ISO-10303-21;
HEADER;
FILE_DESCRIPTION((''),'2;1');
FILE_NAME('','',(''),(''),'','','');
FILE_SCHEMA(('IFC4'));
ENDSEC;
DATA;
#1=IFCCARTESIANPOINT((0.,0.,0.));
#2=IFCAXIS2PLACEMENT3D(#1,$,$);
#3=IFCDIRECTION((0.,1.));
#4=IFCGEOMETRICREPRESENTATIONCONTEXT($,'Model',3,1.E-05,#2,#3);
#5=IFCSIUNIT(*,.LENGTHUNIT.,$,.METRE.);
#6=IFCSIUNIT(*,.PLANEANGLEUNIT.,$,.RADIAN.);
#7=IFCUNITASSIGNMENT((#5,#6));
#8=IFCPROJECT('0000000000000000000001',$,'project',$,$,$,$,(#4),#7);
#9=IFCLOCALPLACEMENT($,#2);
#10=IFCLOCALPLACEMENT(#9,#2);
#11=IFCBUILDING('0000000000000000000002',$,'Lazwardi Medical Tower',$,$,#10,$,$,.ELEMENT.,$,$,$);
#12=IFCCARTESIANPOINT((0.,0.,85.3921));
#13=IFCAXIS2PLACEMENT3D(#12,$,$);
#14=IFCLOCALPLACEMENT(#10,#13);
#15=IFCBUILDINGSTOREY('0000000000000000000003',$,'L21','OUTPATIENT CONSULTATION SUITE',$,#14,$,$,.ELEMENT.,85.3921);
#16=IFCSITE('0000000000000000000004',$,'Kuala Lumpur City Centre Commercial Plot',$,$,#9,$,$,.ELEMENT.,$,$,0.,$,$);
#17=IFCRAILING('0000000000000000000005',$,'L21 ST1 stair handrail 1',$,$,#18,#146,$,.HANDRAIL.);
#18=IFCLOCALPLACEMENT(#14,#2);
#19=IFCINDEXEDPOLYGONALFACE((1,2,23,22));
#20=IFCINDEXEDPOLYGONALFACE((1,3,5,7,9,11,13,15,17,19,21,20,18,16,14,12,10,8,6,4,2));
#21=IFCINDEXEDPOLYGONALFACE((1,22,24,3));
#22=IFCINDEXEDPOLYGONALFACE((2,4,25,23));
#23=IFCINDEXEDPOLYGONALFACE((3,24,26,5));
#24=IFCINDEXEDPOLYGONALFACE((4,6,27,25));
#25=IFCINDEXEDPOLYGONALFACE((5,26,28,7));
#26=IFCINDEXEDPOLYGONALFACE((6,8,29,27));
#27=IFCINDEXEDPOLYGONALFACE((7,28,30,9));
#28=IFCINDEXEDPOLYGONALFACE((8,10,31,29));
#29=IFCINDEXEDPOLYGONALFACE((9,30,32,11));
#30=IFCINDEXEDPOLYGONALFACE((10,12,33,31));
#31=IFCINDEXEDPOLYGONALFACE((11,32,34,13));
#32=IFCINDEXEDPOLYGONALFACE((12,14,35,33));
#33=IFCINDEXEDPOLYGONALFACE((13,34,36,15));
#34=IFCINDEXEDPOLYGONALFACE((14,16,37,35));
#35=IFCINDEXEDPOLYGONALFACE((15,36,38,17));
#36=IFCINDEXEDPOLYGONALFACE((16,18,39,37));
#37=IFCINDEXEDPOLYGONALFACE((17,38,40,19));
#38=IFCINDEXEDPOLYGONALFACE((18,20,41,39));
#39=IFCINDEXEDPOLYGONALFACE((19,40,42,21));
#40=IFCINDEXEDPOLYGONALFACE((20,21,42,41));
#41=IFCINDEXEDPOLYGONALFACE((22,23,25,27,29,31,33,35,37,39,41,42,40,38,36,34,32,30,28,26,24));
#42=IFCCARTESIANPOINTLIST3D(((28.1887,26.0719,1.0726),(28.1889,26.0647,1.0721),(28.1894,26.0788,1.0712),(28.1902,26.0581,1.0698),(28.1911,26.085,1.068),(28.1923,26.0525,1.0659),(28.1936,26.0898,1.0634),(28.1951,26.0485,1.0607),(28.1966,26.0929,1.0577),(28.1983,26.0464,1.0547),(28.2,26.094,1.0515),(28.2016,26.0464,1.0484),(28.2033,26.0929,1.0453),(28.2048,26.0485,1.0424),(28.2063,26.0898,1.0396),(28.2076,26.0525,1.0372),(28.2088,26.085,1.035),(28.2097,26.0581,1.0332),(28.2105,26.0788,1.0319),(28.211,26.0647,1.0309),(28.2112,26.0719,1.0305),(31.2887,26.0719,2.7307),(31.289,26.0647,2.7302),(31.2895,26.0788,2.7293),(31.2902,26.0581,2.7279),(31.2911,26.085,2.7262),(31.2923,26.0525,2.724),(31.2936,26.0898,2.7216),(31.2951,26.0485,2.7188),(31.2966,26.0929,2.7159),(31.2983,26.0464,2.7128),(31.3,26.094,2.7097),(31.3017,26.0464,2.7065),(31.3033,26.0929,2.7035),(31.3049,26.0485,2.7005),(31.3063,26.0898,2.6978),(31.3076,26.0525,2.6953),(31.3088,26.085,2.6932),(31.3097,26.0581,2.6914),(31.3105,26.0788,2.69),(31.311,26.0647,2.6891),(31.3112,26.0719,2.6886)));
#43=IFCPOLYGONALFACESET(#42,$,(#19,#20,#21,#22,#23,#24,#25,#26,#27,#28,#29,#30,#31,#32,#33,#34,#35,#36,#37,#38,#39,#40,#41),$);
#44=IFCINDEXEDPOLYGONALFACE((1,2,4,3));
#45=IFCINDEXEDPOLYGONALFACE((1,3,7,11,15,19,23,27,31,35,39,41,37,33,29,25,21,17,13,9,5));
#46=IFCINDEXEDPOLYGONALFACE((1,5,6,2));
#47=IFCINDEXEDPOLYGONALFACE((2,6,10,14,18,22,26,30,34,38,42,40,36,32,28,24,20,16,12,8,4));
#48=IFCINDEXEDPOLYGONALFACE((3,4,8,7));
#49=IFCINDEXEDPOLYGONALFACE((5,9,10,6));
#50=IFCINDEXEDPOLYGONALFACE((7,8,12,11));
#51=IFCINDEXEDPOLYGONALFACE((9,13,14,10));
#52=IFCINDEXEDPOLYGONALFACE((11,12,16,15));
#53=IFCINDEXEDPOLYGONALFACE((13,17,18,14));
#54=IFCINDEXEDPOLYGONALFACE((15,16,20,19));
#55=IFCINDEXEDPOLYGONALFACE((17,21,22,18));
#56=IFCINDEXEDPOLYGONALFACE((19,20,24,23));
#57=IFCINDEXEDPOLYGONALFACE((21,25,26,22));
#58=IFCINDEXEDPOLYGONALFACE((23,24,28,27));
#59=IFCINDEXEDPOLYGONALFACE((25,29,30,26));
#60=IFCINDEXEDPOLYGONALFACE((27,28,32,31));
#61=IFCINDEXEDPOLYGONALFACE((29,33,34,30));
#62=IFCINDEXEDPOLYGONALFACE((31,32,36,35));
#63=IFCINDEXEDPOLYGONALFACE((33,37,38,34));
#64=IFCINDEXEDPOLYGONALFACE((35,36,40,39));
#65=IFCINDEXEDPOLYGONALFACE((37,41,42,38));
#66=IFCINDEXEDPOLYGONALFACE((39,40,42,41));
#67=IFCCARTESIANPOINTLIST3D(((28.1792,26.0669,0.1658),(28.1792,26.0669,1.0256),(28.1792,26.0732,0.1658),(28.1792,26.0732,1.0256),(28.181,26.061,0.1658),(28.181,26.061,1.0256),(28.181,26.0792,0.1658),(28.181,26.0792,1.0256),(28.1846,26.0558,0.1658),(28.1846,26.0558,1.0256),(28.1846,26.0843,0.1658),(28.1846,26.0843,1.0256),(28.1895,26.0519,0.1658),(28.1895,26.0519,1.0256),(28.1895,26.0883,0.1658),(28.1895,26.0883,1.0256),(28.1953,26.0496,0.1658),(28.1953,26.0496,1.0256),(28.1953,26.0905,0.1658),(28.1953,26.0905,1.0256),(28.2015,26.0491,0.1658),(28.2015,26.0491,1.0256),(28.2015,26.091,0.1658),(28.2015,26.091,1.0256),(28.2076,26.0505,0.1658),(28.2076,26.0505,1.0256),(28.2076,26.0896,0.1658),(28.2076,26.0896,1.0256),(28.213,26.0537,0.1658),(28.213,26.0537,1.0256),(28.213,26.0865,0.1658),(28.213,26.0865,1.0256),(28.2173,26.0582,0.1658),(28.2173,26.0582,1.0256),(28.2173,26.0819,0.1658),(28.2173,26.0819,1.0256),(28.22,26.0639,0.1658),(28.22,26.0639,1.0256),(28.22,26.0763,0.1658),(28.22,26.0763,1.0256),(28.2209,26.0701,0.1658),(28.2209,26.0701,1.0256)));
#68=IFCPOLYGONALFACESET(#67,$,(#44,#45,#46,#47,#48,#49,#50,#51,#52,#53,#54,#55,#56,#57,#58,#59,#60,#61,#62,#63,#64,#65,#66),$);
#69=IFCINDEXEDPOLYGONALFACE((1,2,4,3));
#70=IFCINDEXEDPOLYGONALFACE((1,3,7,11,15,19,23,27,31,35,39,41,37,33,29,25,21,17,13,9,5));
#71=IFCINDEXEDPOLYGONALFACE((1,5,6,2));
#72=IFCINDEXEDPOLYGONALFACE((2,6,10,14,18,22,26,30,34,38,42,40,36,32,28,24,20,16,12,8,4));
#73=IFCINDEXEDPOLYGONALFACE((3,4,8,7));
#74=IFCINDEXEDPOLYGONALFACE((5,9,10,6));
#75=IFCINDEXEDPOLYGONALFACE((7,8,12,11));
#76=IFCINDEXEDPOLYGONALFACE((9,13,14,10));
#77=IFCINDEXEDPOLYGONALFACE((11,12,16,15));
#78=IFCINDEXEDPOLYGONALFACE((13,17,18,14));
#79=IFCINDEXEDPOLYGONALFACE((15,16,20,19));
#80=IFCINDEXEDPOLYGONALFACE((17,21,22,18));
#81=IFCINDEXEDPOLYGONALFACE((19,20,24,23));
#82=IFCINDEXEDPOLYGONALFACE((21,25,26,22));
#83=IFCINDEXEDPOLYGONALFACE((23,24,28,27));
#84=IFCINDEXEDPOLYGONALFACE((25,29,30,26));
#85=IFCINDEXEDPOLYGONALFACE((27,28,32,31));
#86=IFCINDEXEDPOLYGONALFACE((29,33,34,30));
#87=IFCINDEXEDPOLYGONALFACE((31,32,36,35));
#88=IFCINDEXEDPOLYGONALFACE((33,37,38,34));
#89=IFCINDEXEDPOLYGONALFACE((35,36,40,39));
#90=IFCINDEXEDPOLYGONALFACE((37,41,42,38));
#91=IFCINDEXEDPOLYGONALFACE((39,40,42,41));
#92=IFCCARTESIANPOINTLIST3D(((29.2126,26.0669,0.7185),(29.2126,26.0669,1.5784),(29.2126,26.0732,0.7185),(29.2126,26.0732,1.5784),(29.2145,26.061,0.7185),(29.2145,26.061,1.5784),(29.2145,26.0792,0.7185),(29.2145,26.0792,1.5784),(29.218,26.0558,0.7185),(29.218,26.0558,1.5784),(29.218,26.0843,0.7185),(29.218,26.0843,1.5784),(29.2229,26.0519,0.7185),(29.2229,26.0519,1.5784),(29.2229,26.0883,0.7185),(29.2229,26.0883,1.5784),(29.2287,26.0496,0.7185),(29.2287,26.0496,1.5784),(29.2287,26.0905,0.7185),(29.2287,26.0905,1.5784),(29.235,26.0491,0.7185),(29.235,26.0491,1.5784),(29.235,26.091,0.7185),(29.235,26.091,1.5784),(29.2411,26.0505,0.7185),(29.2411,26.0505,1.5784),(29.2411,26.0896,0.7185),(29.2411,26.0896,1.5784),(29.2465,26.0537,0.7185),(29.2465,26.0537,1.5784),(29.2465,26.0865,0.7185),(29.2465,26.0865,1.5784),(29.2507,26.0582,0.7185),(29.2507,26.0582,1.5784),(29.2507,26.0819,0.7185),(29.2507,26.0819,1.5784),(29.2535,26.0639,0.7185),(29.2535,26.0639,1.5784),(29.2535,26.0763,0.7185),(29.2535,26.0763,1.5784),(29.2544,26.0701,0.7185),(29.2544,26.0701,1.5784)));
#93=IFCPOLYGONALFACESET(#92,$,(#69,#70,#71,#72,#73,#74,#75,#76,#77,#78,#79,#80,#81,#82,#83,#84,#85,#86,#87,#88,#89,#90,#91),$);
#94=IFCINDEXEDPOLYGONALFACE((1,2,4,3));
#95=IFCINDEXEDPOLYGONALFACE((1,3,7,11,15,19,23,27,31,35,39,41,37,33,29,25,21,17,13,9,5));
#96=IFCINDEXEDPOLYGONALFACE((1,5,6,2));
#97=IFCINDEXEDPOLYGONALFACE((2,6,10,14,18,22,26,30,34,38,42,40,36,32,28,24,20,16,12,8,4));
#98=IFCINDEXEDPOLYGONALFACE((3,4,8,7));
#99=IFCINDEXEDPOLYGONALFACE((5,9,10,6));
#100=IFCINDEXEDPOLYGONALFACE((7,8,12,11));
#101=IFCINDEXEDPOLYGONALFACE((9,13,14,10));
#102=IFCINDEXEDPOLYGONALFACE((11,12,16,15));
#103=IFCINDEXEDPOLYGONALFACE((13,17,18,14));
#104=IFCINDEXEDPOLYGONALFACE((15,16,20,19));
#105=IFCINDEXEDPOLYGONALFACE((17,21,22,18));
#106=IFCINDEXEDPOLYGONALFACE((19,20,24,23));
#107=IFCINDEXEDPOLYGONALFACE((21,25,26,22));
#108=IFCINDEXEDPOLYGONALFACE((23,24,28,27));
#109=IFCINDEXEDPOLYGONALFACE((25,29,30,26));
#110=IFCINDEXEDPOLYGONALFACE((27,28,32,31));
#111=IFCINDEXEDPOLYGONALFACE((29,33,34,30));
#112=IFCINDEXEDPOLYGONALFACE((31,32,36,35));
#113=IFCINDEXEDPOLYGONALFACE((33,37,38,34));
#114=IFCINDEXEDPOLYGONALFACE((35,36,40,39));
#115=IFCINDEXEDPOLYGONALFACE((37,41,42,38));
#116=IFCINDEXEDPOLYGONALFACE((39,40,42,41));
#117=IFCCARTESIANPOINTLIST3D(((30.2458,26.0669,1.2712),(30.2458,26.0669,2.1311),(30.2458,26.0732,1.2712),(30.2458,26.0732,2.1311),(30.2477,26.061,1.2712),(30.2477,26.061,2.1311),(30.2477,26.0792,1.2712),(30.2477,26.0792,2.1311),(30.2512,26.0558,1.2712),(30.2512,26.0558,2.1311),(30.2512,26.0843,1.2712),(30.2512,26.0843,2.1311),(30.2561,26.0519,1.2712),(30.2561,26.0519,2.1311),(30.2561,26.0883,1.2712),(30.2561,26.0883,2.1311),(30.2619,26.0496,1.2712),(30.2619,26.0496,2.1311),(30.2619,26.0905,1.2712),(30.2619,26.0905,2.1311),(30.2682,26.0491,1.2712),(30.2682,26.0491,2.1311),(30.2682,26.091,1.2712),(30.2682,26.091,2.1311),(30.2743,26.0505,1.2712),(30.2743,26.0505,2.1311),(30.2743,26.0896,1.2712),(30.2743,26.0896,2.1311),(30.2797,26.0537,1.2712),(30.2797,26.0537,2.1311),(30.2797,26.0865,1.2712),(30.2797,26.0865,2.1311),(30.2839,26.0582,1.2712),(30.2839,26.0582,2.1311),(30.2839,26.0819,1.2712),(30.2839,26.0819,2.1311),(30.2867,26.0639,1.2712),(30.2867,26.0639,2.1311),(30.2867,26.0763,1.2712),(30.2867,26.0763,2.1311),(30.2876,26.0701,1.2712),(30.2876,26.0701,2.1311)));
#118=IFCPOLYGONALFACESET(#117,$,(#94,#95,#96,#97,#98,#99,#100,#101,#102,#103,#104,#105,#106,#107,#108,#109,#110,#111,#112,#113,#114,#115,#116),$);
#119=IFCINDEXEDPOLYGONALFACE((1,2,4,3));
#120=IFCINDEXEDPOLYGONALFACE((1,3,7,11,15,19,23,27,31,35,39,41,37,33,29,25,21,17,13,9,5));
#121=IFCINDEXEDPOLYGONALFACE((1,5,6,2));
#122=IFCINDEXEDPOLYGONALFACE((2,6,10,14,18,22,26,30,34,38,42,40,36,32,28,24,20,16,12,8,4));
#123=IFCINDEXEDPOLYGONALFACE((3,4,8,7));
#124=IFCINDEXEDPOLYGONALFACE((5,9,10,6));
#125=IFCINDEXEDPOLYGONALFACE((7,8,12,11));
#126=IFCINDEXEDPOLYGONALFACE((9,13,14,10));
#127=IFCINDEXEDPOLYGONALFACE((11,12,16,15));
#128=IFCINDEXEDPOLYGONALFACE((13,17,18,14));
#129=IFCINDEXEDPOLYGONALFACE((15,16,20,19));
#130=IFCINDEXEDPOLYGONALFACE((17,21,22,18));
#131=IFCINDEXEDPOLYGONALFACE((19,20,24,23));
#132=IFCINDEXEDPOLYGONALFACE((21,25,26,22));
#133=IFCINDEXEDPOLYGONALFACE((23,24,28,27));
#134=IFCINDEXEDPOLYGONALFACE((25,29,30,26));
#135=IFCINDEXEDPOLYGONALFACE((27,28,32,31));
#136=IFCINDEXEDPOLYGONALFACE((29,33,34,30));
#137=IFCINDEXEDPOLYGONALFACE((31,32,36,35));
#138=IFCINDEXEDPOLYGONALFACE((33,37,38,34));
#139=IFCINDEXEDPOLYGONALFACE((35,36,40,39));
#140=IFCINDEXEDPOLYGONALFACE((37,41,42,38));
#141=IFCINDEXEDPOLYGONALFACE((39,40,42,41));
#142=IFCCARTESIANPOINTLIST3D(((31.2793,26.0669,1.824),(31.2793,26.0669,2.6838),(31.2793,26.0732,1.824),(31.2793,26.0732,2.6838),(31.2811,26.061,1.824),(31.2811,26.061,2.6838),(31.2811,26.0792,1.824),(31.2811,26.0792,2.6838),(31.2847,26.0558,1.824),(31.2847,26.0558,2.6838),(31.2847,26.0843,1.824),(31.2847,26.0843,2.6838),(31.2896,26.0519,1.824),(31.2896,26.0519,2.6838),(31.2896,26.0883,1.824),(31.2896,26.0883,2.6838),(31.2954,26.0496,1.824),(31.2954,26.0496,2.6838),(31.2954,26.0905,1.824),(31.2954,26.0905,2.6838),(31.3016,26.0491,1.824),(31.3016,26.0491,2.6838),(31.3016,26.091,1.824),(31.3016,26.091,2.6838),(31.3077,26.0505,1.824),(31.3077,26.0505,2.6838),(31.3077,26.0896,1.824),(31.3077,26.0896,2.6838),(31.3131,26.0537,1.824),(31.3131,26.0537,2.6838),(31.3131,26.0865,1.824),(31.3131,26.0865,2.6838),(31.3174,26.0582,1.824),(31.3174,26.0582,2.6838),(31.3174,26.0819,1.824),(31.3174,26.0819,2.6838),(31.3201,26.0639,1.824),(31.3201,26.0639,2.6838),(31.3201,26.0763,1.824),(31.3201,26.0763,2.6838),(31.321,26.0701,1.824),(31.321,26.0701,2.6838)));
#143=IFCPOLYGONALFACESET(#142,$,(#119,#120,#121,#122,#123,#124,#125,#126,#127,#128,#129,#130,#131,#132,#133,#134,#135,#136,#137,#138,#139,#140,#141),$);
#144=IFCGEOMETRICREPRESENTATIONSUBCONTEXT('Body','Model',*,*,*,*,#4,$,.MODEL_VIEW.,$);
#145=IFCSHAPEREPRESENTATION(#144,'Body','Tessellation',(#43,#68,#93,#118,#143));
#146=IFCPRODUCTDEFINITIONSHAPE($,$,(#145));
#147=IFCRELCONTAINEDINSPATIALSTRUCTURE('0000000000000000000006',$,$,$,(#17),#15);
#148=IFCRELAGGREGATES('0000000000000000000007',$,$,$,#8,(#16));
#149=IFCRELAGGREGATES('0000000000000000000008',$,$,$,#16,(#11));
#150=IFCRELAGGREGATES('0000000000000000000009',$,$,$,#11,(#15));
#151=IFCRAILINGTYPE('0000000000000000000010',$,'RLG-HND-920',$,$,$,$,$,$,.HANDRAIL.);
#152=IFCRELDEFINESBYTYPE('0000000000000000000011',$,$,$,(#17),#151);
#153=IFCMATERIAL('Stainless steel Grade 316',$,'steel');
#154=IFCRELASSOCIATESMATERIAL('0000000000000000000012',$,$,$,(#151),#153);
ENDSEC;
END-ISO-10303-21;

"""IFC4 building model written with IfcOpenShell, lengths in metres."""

from ifc_helpers import new_model, si_unit, direction, frame, origin, origin_2d, place, context, subcontext, project, spatial, circle, extrude, material, type_object, element, save


model = new_model("IFC4")

# Units and contexts
model_context = context("Model", 3, precision=1e-05, world=origin(), true_north=direction((0.0, 1.0)))
body_context = subcontext(model_context, "Body", "Model", "MODEL_VIEW")
ifc_project = project(units=[si_unit("LENGTHUNIT", "METRE"), si_unit("PLANEANGLEUNIT", "RADIAN")], contexts=[model_context])

# Site, building, storey
site_placement = place(None, origin())
site = spatial("IfcSite", under=ifc_project, at=site_placement, Name="Kuala Lumpur City Centre Commercial Plot", CompositionType="ELEMENT", RefElevation=0.0)
building_placement = place(site_placement, origin())
building = spatial("IfcBuilding", under=site, at=building_placement, Name="Lazwardi Medical Tower", CompositionType="ELEMENT")
storey_placement = place(building_placement, frame((0.0, 0.0, 85.3921)))
storey = spatial("IfcBuildingStorey", under=building, at=storey_placement, Name="L21", Description="OUTPATIENT CONSULTATION SUITE", CompositionType="ELEMENT", Elevation=85.3921)

# Railing
ifc_material_1 = material(Name="Stainless steel Grade 316", Category="steel")
railing_type_1 = type_object("IfcRailingType", Name="RLG-HND-920", PredefinedType="HANDRAIL", material=ifc_material_1)
railing_1_placement = place(storey_placement, frame((28.2, 26.0701, 0.1658)))
element("IfcRailing", 1, at=railing_1_placement, inside=storey, type_object=railing_type_1, Name="L21 ST1 stair handrail 1", PredefinedType="HANDRAIL", context=body_context, shape_type="SweptSolid", body=[
    extrude(circle(Radius=0.0239, at=origin_2d()), frame((0.0, 0.0, 0.8857), z_axis=(0.881783, 0.0, 0.471655), x_axis=(0.0, 1.0, 0.0)), (0.0, 0.0, 1.0), 3.5156),
    extrude(circle(Radius=0.021, at=origin_2d()), origin(), (0.0, 0.0, 1.0), 0.8599),
    extrude(circle(Radius=0.021, at=origin_2d()), frame((1.0334, 0.0, 0.5527)), (0.0, 0.0, 1.0), 0.8599),
    extrude(circle(Radius=0.021, at=origin_2d()), frame((2.0667, 0.0, 1.1055)), (0.0, 0.0, 1.0), 0.8599),
    extrude(circle(Radius=0.021, at=origin_2d()), frame((3.1001, 0.0, 1.6582)), (0.0, 0.0, 1.0), 0.8599),
])

save(model, "model.ifc")
